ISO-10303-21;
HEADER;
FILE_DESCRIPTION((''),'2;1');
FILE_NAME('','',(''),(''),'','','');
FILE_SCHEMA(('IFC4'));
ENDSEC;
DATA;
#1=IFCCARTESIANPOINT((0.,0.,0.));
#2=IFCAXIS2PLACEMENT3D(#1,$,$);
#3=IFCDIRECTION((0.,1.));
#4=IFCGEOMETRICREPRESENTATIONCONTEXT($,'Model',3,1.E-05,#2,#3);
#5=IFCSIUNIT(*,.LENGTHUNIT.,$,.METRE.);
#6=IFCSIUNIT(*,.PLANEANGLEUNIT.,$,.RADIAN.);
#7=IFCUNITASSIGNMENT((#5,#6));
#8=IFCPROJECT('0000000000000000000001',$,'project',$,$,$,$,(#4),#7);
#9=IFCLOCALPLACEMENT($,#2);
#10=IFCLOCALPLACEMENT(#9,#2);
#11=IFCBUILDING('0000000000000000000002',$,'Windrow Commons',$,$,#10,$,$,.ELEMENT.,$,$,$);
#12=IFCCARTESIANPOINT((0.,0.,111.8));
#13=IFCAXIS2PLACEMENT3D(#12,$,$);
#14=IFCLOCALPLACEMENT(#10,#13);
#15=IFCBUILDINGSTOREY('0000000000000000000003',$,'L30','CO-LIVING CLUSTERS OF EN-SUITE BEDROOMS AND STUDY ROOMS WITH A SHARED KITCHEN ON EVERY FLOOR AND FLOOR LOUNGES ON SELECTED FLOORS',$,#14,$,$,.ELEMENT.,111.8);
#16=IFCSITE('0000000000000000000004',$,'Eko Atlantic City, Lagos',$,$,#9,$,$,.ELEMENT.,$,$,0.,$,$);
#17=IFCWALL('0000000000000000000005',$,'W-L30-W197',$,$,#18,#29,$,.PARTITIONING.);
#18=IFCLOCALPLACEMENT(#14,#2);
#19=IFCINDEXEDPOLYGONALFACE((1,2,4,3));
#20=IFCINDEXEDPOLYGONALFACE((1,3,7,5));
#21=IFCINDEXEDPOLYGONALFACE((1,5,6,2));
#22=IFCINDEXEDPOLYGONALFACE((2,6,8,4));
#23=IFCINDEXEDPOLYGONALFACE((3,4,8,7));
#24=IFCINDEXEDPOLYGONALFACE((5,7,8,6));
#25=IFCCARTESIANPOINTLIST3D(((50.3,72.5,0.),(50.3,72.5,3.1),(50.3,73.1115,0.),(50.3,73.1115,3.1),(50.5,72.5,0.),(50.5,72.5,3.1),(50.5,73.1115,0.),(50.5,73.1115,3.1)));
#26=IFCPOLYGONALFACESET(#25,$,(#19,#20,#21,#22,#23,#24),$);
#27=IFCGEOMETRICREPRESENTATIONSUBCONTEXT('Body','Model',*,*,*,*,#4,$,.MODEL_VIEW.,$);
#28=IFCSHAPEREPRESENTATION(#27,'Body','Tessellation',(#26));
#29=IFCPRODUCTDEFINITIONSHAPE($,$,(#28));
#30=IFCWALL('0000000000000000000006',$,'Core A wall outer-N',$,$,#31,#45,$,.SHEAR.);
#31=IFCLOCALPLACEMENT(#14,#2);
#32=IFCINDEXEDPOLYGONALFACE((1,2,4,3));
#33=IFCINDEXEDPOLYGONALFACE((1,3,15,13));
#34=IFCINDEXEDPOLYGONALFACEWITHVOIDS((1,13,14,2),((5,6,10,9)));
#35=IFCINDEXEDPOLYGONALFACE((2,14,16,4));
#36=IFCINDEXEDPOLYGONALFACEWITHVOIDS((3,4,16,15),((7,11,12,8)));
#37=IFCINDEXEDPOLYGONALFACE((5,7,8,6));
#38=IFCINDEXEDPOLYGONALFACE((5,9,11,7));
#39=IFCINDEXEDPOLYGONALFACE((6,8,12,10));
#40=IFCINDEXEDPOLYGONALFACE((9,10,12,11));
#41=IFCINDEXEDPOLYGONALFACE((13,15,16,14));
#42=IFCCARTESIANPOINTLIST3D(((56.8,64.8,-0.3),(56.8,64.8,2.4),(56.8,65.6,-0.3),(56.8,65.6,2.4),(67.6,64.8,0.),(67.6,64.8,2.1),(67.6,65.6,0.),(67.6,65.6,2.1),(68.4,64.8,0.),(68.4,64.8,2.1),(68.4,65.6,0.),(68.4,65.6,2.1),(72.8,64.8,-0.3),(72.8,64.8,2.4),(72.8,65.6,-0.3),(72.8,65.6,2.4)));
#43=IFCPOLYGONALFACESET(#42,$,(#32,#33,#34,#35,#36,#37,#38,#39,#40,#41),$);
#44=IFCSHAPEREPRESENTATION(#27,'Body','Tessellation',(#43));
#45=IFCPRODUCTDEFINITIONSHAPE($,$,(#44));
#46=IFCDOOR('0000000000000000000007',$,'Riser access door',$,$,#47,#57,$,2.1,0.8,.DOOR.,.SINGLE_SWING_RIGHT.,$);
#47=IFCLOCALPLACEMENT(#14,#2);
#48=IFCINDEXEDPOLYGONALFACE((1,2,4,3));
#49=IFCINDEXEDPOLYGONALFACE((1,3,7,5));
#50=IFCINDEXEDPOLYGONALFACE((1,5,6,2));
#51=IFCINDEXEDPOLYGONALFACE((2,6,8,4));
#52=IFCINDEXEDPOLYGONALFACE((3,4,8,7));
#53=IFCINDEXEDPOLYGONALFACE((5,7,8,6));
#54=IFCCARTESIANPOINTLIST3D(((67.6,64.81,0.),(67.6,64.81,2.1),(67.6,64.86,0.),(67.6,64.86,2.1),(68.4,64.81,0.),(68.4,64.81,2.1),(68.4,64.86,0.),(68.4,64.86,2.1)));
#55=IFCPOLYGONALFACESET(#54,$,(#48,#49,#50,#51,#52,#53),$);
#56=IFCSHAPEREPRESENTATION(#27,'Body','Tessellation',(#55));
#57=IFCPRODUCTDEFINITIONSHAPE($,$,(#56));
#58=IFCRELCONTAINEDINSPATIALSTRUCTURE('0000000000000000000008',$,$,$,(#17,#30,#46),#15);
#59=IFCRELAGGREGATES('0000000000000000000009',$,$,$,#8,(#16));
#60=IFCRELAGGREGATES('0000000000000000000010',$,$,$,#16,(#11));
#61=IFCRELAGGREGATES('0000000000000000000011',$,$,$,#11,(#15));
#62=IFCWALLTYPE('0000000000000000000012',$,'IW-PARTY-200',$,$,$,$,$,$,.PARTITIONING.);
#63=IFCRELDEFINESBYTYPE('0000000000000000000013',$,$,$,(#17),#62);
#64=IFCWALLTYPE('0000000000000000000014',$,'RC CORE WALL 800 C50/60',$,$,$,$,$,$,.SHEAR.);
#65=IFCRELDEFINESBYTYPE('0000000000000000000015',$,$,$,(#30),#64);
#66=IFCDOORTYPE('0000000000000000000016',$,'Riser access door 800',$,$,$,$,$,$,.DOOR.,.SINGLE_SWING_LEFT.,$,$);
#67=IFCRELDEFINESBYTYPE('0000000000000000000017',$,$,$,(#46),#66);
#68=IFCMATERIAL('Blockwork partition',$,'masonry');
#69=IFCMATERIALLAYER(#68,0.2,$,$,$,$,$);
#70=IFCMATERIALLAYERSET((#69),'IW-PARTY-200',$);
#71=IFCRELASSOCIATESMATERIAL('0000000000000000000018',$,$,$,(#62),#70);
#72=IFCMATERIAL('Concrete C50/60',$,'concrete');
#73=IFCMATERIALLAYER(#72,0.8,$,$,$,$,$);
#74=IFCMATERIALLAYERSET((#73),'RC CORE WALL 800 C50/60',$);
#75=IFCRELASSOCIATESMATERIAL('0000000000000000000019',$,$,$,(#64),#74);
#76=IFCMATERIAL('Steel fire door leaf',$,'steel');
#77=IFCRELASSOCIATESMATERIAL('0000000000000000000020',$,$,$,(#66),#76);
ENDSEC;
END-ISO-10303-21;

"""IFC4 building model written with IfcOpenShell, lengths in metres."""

from ifc_helpers import new_model, si_unit, direction, frame, frame_2d, origin, place, context, subcontext, project, spatial, rectangle, extrude, material, layer, layer_set, type_object, element, fill, save


model = new_model("IFC4")

# Units and contexts
model_context = context("Model", 3, precision=1e-05, world=origin(), true_north=direction((0.0, 1.0)))
body_context = subcontext(model_context, "Body", "Model", "MODEL_VIEW")
ifc_project = project(units=[si_unit("LENGTHUNIT", "METRE"), si_unit("PLANEANGLEUNIT", "RADIAN")], contexts=[model_context])

# Site, building, storey
site_placement = place(None, origin())
site = spatial("IfcSite", under=ifc_project, at=site_placement, Name="Eko Atlantic City, Lagos", CompositionType="ELEMENT", RefElevation=0.0)
building_placement = place(site_placement, origin())
building = spatial("IfcBuilding", under=site, at=building_placement, Name="Windrow Commons", CompositionType="ELEMENT")
storey_placement = place(building_placement, frame((0.0, 0.0, 111.8)))
storey = spatial("IfcBuildingStorey", under=building, at=storey_placement, Name="L30", Description="CO-LIVING CLUSTERS OF EN-SUITE BEDROOMS AND STUDY ROOMS WITH A SHARED KITCHEN ON EVERY FLOOR AND FLOOR LOUNGES ON SELECTED FLOORS", CompositionType="ELEMENT", Elevation=111.8)

# Wall
ifc_material_1 = material(Name="Blockwork partition", Category="masonry")
ifc_layer_1 = layer(ifc_material_1, 0.2)
ifc_layer_set_1 = layer_set([ifc_layer_1], Name="IW-PARTY-200")
wall_type_1 = type_object("IfcWallType", Name="IW-PARTY-200", PredefinedType="PARTITIONING", material=ifc_layer_set_1)
wall_1_placement = place(storey_placement, frame((50.4, 72.5, 0.0), z_axis=(0.0, 0.0, 1.0), x_axis=(0.0, 1.0, 0.0)))
element("IfcWall", 1, at=wall_1_placement, inside=storey, type_object=wall_type_1, Name="W-L30-W197", PredefinedType="PARTITIONING", context=body_context, shape_type="SweptSolid", body=[
    extrude(rectangle(XDim=0.6115, YDim=0.2, at=frame_2d((0.3058, 0.0))), origin(), (0.0, 0.0, 1.0), 3.1),
])

# Wall, opening, door
ifc_material_2 = material(Name="Concrete C50/60", Category="concrete")
ifc_layer_2 = layer(ifc_material_2, 0.8)
ifc_layer_set_2 = layer_set([ifc_layer_2], Name="RC CORE WALL 800 C50/60")
wall_type_2 = type_object("IfcWallType", Name="RC CORE WALL 800 C50/60", PredefinedType="SHEAR", material=ifc_layer_set_2)
wall_2_placement = place(storey_placement, frame((56.8, 65.2, -0.3), z_axis=(0.0, 0.0, 1.0), x_axis=(1.0, 0.0, 0.0)))
wall_2 = element("IfcWall", 2, at=wall_2_placement, inside=storey, type_object=wall_type_2, Name="Core A wall outer-N", PredefinedType="SHEAR", context=body_context, shape_type="SweptSolid", body=[
    extrude(rectangle(XDim=16.0, YDim=0.8, at=frame_2d((8.0, 0.0))), origin(), (0.0, 0.0, 1.0), 2.7),
])
opening_1_placement = place(wall_2_placement, frame((10.8, 0.0, 0.3)))
opening_1 = element("IfcOpeningElement", 3, at=opening_1_placement, cuts=wall_2, PredefinedType="OPENING", context=body_context, shape_type="SweptSolid", body=[
    extrude(rectangle(XDim=0.8, YDim=2.1, at=frame_2d((0.4, 1.05))), frame((0.0, 0.41, 0.0), z_axis=(0.0, -1.0, 0.0), x_axis=(1.0, 0.0, 0.0)), (0.0, 0.0, 1.0), 0.82),
])
ifc_material_3 = material(Name="Steel fire door leaf", Category="steel")
door_type_1 = type_object("IfcDoorType", Name="Riser access door 800", OperationType="SINGLE_SWING_LEFT", PredefinedType="DOOR", material=ifc_material_3)
door_1_placement = place(opening_1_placement, origin())
door_1 = element("IfcDoor", 4, at=door_1_placement, inside=storey, type_object=door_type_1, Name="Riser access door", OperationType="SINGLE_SWING_RIGHT", OverallHeight=2.1, OverallWidth=0.8, PredefinedType="DOOR", context=body_context, shape_type="SweptSolid", body=[
    extrude(rectangle(XDim=0.8, YDim=2.1, at=frame_2d((0.4, 1.05))), frame((0.0, -0.34, 0.0), z_axis=(0.0, -1.0, 0.0), x_axis=(1.0, 0.0, 0.0)), (0.0, 0.0, 1.0), 0.05),
])
fill(opening_1, door_1)

save(model, "model.ifc")
